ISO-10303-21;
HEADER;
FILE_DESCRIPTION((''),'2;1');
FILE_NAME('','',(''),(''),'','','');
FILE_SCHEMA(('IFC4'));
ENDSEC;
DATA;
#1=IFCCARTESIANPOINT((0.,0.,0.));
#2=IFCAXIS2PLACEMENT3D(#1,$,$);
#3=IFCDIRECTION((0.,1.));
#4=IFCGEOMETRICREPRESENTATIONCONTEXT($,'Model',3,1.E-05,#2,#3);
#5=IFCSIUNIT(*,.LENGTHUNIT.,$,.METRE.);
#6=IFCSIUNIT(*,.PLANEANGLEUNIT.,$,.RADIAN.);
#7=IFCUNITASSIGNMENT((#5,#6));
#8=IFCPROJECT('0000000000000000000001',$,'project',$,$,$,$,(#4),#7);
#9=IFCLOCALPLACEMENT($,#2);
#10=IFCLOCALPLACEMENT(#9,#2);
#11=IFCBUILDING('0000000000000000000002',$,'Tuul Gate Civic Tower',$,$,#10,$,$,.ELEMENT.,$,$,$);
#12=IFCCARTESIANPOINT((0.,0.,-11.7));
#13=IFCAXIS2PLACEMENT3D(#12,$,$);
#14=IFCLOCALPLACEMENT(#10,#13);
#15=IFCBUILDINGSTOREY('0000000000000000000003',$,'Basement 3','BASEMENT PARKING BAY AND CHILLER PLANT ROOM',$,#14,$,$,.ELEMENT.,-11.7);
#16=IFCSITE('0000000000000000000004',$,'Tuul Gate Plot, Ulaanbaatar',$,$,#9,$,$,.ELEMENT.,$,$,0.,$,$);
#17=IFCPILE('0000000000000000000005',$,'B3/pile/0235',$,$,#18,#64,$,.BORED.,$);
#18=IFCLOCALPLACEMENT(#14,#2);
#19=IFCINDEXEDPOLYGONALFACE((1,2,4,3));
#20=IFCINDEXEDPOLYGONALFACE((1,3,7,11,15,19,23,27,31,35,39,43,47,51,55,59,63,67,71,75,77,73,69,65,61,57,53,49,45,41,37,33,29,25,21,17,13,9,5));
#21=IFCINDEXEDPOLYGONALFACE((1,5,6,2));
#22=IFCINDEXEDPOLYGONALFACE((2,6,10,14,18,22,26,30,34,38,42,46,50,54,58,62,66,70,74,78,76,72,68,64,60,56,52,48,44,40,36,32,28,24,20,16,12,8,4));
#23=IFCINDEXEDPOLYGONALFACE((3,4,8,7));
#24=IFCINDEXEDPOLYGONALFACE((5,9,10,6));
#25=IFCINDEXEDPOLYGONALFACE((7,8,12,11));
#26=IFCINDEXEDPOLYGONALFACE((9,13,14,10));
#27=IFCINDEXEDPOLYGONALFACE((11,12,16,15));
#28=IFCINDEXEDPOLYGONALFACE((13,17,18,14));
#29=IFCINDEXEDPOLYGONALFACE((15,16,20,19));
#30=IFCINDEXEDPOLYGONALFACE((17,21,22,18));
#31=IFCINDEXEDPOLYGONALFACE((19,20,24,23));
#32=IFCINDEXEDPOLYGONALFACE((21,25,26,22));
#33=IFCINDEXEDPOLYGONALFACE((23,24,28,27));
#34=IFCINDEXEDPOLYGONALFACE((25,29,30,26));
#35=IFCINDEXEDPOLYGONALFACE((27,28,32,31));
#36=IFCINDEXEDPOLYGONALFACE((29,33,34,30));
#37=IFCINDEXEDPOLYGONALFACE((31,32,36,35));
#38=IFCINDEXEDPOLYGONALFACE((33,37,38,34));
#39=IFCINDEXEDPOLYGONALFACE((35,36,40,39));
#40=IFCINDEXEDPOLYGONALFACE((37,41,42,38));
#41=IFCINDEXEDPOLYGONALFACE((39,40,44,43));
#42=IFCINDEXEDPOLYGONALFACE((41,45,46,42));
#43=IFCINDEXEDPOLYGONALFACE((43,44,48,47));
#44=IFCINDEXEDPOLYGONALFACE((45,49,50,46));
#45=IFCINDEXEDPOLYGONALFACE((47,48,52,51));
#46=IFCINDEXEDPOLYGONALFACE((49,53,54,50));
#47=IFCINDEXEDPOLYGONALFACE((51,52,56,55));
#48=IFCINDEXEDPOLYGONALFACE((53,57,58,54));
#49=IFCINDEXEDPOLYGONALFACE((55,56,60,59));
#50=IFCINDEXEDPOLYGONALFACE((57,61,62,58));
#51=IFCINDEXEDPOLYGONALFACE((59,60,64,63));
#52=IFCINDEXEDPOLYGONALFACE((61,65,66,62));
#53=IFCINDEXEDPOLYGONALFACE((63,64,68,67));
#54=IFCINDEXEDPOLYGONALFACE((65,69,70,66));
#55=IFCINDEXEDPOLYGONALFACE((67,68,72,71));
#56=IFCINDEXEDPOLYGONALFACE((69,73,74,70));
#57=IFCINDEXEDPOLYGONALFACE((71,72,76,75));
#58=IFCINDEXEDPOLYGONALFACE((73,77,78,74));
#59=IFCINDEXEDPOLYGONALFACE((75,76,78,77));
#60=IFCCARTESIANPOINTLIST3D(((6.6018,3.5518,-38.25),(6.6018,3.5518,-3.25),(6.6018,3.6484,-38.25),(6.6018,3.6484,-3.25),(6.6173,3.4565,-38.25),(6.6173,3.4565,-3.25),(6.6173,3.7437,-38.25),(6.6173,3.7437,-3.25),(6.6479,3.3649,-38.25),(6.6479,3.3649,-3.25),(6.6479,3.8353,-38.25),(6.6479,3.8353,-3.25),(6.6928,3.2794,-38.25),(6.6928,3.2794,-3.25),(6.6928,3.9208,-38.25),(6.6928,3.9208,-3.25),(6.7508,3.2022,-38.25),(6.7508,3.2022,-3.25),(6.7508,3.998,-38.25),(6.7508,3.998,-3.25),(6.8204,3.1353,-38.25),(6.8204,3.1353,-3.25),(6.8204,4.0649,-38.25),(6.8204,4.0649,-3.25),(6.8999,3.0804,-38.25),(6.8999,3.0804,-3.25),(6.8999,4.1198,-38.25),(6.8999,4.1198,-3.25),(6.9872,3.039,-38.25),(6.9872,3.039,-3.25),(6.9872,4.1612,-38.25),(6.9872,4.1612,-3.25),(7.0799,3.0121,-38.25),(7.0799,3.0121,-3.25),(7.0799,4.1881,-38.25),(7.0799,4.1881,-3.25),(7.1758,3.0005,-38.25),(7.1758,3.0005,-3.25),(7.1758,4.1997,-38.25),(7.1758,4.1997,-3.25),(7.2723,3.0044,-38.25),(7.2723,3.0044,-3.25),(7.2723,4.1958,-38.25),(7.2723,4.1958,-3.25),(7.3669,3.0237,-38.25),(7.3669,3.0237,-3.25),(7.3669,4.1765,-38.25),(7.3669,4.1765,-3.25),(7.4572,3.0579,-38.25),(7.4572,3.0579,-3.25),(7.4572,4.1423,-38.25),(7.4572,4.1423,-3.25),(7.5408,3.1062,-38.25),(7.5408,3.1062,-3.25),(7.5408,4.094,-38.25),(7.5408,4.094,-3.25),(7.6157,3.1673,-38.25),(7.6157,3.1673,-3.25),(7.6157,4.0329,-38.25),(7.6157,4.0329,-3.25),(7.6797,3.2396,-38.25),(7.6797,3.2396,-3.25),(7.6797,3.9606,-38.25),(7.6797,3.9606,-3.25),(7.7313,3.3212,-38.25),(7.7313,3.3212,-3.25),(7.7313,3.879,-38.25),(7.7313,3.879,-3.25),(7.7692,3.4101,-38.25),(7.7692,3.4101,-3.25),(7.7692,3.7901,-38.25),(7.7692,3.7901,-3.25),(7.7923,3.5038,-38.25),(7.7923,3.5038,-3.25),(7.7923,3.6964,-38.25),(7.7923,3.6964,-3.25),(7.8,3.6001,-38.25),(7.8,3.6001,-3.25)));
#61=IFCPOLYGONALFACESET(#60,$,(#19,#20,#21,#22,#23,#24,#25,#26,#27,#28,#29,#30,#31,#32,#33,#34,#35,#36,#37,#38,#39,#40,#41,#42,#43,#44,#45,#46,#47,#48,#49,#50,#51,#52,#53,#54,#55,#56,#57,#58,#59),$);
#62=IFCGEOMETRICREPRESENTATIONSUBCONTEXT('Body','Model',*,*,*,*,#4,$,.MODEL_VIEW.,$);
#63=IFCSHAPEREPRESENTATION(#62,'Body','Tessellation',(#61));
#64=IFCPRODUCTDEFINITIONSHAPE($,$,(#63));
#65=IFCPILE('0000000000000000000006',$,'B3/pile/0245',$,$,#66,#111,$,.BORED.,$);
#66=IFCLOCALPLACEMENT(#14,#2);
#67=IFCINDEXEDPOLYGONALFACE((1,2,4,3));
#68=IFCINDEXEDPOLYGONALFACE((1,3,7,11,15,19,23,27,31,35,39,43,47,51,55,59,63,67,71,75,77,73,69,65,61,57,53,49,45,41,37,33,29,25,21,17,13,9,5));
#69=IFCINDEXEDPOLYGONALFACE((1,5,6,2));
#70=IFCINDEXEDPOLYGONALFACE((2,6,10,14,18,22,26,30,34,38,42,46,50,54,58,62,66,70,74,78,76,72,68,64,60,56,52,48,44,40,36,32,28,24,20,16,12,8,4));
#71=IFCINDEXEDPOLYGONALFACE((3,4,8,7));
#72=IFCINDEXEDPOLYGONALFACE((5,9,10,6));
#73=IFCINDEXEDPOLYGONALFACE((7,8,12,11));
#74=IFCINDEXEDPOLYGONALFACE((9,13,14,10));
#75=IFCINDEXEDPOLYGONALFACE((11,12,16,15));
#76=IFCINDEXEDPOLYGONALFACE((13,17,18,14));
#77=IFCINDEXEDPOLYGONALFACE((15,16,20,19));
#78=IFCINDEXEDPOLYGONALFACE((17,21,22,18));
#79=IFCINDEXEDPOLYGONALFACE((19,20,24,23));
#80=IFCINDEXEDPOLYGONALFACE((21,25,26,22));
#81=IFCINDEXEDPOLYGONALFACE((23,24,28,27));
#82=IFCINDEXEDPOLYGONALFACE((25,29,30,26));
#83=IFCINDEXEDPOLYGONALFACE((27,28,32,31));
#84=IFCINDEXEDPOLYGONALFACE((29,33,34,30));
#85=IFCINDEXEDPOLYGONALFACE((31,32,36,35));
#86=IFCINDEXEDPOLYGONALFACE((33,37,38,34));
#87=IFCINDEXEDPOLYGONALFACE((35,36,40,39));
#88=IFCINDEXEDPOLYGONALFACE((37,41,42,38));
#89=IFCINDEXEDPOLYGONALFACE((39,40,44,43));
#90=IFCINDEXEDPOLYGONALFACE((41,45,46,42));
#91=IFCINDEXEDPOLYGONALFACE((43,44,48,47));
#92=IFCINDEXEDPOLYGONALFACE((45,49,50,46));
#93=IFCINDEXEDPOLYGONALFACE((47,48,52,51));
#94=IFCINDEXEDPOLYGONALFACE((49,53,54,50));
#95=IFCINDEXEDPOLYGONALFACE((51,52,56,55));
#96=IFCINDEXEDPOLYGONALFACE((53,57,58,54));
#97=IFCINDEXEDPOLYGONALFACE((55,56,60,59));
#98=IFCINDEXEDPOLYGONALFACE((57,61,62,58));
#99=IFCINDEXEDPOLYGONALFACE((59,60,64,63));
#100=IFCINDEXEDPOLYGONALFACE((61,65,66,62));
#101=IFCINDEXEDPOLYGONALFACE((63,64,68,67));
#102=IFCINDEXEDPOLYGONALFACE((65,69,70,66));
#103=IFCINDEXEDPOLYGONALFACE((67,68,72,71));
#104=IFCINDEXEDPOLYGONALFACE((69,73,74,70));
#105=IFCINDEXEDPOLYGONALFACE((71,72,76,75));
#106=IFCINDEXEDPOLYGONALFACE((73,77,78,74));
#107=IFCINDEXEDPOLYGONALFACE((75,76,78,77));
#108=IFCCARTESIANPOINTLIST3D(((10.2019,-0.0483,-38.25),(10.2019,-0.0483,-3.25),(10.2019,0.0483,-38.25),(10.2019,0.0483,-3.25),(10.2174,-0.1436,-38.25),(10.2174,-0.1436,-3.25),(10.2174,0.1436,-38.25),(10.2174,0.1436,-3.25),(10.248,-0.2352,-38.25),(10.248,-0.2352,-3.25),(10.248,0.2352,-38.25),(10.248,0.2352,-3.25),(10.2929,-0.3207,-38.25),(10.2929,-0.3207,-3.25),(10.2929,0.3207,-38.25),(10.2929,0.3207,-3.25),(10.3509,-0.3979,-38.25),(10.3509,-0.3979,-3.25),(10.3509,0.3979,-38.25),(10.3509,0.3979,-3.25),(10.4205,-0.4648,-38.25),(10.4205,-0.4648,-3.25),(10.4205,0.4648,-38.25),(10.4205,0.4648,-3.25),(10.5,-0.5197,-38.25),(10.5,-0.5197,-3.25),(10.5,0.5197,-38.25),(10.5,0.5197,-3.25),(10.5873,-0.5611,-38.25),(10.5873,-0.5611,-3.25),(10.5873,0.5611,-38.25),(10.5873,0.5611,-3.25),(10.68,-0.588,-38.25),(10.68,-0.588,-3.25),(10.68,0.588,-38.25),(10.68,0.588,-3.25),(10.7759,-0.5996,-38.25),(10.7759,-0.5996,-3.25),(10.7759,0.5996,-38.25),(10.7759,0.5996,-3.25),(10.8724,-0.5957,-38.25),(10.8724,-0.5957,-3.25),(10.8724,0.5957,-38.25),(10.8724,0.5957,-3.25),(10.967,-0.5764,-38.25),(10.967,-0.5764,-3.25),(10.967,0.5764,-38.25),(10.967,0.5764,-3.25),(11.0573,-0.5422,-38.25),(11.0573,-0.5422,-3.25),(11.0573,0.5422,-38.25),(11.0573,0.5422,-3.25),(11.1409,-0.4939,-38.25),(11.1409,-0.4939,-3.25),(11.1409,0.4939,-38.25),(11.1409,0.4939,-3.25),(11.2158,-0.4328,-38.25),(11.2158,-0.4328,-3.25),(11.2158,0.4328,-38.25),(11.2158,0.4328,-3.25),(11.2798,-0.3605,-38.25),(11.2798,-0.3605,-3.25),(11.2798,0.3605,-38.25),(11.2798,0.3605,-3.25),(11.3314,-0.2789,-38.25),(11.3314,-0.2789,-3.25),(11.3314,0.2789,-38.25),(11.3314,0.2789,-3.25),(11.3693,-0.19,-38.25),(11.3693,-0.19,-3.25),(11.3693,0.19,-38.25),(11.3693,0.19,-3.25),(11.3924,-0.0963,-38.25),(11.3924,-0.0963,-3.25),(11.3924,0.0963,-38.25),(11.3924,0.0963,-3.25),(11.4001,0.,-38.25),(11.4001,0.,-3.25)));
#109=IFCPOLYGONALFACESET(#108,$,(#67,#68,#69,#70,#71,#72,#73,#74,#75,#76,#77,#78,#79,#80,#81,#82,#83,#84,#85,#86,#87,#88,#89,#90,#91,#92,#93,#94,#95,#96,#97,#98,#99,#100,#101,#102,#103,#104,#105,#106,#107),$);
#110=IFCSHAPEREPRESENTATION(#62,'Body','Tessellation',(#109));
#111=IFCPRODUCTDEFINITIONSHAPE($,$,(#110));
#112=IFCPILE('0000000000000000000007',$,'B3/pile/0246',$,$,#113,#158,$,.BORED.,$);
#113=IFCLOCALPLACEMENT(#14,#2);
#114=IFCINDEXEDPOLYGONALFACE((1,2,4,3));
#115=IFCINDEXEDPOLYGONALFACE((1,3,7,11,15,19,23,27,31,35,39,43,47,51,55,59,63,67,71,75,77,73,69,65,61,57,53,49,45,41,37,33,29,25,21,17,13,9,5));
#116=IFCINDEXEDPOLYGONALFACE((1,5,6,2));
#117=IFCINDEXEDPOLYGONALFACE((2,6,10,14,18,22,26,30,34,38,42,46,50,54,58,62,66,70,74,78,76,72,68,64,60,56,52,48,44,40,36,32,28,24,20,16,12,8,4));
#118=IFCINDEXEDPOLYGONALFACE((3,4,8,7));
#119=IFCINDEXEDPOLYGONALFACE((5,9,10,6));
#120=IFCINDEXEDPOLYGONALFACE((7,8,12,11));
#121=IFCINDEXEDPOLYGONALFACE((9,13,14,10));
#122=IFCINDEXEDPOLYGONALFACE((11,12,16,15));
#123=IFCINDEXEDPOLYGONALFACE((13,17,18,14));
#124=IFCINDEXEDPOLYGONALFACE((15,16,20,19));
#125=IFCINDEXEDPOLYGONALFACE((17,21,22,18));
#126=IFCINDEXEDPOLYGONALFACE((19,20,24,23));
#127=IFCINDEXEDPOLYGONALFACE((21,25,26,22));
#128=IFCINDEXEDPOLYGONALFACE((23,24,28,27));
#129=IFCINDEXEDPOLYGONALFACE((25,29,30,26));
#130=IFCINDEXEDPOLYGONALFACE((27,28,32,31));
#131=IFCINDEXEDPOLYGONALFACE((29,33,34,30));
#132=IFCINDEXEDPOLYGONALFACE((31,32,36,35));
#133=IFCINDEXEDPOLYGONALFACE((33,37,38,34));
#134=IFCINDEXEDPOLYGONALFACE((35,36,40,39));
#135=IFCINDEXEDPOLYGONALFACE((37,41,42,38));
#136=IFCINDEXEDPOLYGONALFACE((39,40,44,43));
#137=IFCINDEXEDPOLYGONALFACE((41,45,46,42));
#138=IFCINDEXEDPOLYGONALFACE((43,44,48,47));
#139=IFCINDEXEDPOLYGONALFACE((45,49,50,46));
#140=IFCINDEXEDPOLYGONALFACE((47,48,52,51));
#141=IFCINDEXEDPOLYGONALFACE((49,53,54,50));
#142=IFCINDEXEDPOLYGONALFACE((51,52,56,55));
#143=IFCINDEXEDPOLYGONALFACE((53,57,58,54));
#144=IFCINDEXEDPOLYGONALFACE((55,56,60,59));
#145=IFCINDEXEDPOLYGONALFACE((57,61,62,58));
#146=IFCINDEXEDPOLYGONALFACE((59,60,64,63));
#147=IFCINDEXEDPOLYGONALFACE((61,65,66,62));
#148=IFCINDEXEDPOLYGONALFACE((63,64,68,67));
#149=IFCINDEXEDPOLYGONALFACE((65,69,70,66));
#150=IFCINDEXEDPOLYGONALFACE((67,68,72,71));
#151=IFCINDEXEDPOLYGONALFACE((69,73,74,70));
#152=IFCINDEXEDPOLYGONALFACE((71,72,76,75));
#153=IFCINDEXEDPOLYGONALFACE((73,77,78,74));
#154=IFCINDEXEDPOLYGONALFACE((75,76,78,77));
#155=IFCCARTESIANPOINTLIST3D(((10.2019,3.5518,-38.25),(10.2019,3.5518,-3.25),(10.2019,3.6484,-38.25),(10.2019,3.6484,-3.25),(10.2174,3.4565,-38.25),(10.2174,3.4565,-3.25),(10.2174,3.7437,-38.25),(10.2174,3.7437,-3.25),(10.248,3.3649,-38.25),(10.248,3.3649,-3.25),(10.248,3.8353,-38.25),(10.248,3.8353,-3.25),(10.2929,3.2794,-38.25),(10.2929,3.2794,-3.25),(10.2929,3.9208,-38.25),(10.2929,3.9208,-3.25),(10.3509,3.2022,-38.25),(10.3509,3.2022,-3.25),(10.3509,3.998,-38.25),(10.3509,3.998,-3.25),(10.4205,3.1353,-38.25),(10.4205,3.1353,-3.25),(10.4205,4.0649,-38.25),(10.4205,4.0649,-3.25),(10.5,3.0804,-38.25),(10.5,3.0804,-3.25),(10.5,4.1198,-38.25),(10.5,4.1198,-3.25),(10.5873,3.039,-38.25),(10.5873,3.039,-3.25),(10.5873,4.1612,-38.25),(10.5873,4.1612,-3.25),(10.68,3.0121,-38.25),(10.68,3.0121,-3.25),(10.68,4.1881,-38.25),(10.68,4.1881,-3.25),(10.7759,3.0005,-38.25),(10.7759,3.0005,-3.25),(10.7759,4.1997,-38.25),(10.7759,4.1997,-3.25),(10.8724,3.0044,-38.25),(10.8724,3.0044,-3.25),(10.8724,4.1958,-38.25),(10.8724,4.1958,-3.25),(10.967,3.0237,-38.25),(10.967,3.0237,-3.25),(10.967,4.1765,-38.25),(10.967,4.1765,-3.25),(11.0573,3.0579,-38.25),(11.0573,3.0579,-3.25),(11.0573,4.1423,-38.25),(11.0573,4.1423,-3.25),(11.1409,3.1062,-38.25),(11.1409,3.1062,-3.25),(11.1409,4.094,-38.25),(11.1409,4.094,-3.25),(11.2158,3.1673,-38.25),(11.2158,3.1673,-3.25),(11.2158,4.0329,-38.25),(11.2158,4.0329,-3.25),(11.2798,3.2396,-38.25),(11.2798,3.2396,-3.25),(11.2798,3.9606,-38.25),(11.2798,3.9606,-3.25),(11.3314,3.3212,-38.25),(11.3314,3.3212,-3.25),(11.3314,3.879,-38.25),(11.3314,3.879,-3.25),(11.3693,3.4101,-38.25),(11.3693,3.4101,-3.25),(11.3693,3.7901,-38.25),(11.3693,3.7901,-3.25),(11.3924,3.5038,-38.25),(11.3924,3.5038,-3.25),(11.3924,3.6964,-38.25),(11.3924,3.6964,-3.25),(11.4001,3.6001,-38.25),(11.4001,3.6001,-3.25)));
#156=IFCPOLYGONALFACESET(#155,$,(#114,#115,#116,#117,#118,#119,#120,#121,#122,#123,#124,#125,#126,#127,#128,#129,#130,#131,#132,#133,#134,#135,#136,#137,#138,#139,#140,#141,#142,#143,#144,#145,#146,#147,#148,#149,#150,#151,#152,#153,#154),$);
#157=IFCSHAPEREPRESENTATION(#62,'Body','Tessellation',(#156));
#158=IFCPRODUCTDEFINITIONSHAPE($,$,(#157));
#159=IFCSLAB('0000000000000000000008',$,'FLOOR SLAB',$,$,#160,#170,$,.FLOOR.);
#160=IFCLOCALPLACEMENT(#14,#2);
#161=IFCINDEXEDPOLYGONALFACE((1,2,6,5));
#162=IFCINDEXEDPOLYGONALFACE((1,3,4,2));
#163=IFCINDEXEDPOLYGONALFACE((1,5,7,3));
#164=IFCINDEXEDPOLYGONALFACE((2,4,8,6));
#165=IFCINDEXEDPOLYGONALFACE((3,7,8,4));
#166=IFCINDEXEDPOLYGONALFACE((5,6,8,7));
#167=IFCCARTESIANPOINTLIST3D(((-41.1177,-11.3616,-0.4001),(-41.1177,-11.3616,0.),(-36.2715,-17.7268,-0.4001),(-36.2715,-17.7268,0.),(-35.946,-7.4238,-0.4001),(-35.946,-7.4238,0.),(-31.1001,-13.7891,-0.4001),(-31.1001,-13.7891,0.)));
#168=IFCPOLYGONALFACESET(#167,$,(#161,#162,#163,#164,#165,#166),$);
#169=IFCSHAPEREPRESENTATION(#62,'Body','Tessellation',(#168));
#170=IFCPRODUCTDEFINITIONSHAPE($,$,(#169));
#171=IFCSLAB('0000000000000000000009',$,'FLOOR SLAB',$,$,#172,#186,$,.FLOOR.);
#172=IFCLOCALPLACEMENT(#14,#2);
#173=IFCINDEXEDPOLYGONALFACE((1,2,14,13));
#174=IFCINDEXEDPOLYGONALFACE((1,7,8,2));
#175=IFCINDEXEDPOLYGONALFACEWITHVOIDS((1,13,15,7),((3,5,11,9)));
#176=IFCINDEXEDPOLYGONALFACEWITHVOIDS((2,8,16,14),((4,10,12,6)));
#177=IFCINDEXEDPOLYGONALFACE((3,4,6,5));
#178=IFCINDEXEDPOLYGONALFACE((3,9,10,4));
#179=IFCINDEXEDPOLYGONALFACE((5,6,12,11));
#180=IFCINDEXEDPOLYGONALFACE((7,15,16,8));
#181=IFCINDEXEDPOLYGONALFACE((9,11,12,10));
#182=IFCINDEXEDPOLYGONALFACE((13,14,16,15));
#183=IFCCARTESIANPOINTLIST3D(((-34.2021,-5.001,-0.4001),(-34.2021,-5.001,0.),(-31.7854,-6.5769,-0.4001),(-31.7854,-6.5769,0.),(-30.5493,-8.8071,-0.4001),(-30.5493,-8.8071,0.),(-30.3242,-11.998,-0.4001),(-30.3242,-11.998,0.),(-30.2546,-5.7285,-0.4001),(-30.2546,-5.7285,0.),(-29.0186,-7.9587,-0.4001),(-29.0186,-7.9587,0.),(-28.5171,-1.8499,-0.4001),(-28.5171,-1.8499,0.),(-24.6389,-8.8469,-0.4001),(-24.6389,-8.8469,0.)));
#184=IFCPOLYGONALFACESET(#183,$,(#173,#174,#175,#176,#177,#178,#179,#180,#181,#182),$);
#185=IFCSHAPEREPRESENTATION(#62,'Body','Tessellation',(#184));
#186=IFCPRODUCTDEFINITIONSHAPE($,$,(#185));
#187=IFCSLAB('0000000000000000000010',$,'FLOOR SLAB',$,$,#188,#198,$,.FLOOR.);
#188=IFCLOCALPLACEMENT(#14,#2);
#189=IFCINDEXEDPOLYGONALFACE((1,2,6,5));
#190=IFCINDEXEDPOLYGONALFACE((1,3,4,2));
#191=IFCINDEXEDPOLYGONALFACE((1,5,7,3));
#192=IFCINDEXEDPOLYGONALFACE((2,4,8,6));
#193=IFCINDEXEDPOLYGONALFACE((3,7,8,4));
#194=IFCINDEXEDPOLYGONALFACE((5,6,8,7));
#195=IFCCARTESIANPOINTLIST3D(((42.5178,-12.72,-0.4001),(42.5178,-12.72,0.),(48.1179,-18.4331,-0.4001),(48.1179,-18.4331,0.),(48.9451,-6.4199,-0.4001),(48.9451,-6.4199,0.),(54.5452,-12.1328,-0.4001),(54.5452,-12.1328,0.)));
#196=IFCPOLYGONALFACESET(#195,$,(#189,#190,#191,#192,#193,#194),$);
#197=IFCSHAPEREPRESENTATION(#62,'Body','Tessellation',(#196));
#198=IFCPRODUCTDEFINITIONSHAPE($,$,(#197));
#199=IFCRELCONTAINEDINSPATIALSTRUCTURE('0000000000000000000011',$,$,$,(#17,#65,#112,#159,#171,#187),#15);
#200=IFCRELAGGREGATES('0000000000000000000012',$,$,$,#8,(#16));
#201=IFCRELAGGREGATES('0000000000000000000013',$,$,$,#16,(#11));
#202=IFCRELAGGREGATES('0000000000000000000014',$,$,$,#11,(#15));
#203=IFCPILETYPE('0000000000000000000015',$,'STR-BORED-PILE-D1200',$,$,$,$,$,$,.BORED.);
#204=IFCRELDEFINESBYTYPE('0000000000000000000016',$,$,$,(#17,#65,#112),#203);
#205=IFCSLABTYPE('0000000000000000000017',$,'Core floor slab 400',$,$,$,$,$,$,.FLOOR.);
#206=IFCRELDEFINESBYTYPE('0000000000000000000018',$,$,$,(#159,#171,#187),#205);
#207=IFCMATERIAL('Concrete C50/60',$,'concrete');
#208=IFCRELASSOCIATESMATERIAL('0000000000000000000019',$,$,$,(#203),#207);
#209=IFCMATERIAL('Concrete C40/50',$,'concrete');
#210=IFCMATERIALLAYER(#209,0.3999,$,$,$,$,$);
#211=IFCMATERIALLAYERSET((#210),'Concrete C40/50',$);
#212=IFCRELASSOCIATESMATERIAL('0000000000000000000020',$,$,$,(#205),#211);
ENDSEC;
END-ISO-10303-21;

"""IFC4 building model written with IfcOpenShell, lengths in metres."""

from ifc_helpers import new_model, si_unit, direction, frame, origin, origin_2d, place, context, subcontext, project, spatial, polyline, circle, outline, extrude, material, layer, layer_set, material_profile, profile_set, type_object, element, save


model = new_model("IFC4")

# Units and contexts
model_context = context("Model", 3, precision=1e-05, world=origin(), true_north=direction((0.0, 1.0)))
body_context = subcontext(model_context, "Body", "Model", "MODEL_VIEW")
ifc_project = project(units=[si_unit("LENGTHUNIT", "METRE"), si_unit("PLANEANGLEUNIT", "RADIAN")], contexts=[model_context])

# Site, building, storey
site_placement = place(None, origin())
site = spatial("IfcSite", under=ifc_project, at=site_placement, Name="Tuul Gate Plot, Ulaanbaatar", CompositionType="ELEMENT", RefElevation=0.0)
building_placement = place(site_placement, origin())
building = spatial("IfcBuilding", under=site, at=building_placement, Name="Tuul Gate Civic Tower", CompositionType="ELEMENT")
storey_placement = place(building_placement, frame((0.0, 0.0, -11.7)))
storey = spatial("IfcBuildingStorey", under=building, at=storey_placement, Name="Basement 3", Description="BASEMENT PARKING BAY AND CHILLER PLANT ROOM", CompositionType="ELEMENT", Elevation=-11.7)

# Piles
ifc_material_1 = material(Name="Concrete C50/60", Category="concrete")
ifc_material_profile = material_profile(ifc_material_1, circle(Radius=0.6001, at=origin_2d()), Name="PILE1200")
ifc_profile_set = profile_set([ifc_material_profile], Name="Concrete C50/60")
pile_type = type_object("IfcPileType", Name="STR-BORED-PILE-D1200", PredefinedType="BORED", material=ifc_profile_set)
for number, where, z_axis, x_axis, name in (
    (1, (7.2, 3.6001, -3.25), (0.0, 0.0, -1.0), (1.0, 0.0, 0.0), "B3/pile/0235"),
    (2, (10.8, 0.0, -3.25), (0.0, 0.0, -1.0), (1.0, 0.0, 0.0), "B3/pile/0245"),
    (3, (10.8, 3.6001, -3.25), (0.0, 0.0, -1.0), (1.0, 0.0, 0.0), "B3/pile/0246"),
):
    element("IfcPile", number, at=place(storey_placement, frame(where, z_axis=z_axis, x_axis=x_axis)), inside=storey, type_object=pile_type, Name=name, PredefinedType="BORED", context=body_context, shape_type="SweptSolid", body=[
        extrude(circle(Radius=0.6001, at=origin_2d()), origin(), (0.0, 0.0, 1.0), 35.0),
    ])

# Slabs
ifc_material_2 = material(Name="Concrete C40/50", Category="concrete")
ifc_layer_1 = layer(ifc_material_2, 0.3999)
ifc_layer_set_1 = layer_set([ifc_layer_1], Name="Concrete C40/50")
slab_type_1 = type_object("IfcSlabType", Name="Core floor slab 400", PredefinedType="FLOOR", material=ifc_layer_set_1)
slab_1_placement = place(storey_placement, frame((0.0, 0.0, -0.4001)))
element("IfcSlab", 4, at=slab_1_placement, inside=storey, type_object=slab_type_1, Name="FLOOR SLAB", PredefinedType="FLOOR", context=body_context, shape_type="SweptSolid", body=[
    extrude(outline(polyline([(-31.1001, -13.7891), (-35.946, -7.4238), (-41.1177, -11.3616), (-36.2715, -17.7268), (-31.1001, -13.7891)])), origin(), (0.0, 0.0, 1.0), 0.4001),
])
slab_2_placement = place(storey_placement, frame((0.0, 0.0, -0.4001)))
element("IfcSlab", 5, at=slab_2_placement, inside=storey, type_object=slab_type_1, Name="FLOOR SLAB", PredefinedType="FLOOR", context=body_context, shape_type="SweptSolid", body=[
    extrude(outline(polyline([(-24.6389, -8.8469), (-28.5171, -1.8499), (-34.2021, -5.001), (-30.3242, -11.998), (-24.6389, -8.8469)]), holes=[polyline([(-29.0186, -7.9587), (-30.2546, -5.7285), (-31.7854, -6.5769), (-30.5493, -8.8071), (-29.0186, -7.9587)])]), origin(), (0.0, 0.0, 1.0), 0.4001),
])
slab_3_placement = place(storey_placement, frame((0.0, 0.0, -0.4001)))
element("IfcSlab", 6, at=slab_3_placement, inside=storey, type_object=slab_type_1, Name="FLOOR SLAB", PredefinedType="FLOOR", context=body_context, shape_type="SweptSolid", body=[
    extrude(outline(polyline([(48.1179, -18.4331), (54.5452, -12.1328), (48.9451, -6.4199), (42.5178, -12.72), (48.1179, -18.4331)])), origin(), (0.0, 0.0, 1.0), 0.4001),
])

save(model, "model.ifc")
